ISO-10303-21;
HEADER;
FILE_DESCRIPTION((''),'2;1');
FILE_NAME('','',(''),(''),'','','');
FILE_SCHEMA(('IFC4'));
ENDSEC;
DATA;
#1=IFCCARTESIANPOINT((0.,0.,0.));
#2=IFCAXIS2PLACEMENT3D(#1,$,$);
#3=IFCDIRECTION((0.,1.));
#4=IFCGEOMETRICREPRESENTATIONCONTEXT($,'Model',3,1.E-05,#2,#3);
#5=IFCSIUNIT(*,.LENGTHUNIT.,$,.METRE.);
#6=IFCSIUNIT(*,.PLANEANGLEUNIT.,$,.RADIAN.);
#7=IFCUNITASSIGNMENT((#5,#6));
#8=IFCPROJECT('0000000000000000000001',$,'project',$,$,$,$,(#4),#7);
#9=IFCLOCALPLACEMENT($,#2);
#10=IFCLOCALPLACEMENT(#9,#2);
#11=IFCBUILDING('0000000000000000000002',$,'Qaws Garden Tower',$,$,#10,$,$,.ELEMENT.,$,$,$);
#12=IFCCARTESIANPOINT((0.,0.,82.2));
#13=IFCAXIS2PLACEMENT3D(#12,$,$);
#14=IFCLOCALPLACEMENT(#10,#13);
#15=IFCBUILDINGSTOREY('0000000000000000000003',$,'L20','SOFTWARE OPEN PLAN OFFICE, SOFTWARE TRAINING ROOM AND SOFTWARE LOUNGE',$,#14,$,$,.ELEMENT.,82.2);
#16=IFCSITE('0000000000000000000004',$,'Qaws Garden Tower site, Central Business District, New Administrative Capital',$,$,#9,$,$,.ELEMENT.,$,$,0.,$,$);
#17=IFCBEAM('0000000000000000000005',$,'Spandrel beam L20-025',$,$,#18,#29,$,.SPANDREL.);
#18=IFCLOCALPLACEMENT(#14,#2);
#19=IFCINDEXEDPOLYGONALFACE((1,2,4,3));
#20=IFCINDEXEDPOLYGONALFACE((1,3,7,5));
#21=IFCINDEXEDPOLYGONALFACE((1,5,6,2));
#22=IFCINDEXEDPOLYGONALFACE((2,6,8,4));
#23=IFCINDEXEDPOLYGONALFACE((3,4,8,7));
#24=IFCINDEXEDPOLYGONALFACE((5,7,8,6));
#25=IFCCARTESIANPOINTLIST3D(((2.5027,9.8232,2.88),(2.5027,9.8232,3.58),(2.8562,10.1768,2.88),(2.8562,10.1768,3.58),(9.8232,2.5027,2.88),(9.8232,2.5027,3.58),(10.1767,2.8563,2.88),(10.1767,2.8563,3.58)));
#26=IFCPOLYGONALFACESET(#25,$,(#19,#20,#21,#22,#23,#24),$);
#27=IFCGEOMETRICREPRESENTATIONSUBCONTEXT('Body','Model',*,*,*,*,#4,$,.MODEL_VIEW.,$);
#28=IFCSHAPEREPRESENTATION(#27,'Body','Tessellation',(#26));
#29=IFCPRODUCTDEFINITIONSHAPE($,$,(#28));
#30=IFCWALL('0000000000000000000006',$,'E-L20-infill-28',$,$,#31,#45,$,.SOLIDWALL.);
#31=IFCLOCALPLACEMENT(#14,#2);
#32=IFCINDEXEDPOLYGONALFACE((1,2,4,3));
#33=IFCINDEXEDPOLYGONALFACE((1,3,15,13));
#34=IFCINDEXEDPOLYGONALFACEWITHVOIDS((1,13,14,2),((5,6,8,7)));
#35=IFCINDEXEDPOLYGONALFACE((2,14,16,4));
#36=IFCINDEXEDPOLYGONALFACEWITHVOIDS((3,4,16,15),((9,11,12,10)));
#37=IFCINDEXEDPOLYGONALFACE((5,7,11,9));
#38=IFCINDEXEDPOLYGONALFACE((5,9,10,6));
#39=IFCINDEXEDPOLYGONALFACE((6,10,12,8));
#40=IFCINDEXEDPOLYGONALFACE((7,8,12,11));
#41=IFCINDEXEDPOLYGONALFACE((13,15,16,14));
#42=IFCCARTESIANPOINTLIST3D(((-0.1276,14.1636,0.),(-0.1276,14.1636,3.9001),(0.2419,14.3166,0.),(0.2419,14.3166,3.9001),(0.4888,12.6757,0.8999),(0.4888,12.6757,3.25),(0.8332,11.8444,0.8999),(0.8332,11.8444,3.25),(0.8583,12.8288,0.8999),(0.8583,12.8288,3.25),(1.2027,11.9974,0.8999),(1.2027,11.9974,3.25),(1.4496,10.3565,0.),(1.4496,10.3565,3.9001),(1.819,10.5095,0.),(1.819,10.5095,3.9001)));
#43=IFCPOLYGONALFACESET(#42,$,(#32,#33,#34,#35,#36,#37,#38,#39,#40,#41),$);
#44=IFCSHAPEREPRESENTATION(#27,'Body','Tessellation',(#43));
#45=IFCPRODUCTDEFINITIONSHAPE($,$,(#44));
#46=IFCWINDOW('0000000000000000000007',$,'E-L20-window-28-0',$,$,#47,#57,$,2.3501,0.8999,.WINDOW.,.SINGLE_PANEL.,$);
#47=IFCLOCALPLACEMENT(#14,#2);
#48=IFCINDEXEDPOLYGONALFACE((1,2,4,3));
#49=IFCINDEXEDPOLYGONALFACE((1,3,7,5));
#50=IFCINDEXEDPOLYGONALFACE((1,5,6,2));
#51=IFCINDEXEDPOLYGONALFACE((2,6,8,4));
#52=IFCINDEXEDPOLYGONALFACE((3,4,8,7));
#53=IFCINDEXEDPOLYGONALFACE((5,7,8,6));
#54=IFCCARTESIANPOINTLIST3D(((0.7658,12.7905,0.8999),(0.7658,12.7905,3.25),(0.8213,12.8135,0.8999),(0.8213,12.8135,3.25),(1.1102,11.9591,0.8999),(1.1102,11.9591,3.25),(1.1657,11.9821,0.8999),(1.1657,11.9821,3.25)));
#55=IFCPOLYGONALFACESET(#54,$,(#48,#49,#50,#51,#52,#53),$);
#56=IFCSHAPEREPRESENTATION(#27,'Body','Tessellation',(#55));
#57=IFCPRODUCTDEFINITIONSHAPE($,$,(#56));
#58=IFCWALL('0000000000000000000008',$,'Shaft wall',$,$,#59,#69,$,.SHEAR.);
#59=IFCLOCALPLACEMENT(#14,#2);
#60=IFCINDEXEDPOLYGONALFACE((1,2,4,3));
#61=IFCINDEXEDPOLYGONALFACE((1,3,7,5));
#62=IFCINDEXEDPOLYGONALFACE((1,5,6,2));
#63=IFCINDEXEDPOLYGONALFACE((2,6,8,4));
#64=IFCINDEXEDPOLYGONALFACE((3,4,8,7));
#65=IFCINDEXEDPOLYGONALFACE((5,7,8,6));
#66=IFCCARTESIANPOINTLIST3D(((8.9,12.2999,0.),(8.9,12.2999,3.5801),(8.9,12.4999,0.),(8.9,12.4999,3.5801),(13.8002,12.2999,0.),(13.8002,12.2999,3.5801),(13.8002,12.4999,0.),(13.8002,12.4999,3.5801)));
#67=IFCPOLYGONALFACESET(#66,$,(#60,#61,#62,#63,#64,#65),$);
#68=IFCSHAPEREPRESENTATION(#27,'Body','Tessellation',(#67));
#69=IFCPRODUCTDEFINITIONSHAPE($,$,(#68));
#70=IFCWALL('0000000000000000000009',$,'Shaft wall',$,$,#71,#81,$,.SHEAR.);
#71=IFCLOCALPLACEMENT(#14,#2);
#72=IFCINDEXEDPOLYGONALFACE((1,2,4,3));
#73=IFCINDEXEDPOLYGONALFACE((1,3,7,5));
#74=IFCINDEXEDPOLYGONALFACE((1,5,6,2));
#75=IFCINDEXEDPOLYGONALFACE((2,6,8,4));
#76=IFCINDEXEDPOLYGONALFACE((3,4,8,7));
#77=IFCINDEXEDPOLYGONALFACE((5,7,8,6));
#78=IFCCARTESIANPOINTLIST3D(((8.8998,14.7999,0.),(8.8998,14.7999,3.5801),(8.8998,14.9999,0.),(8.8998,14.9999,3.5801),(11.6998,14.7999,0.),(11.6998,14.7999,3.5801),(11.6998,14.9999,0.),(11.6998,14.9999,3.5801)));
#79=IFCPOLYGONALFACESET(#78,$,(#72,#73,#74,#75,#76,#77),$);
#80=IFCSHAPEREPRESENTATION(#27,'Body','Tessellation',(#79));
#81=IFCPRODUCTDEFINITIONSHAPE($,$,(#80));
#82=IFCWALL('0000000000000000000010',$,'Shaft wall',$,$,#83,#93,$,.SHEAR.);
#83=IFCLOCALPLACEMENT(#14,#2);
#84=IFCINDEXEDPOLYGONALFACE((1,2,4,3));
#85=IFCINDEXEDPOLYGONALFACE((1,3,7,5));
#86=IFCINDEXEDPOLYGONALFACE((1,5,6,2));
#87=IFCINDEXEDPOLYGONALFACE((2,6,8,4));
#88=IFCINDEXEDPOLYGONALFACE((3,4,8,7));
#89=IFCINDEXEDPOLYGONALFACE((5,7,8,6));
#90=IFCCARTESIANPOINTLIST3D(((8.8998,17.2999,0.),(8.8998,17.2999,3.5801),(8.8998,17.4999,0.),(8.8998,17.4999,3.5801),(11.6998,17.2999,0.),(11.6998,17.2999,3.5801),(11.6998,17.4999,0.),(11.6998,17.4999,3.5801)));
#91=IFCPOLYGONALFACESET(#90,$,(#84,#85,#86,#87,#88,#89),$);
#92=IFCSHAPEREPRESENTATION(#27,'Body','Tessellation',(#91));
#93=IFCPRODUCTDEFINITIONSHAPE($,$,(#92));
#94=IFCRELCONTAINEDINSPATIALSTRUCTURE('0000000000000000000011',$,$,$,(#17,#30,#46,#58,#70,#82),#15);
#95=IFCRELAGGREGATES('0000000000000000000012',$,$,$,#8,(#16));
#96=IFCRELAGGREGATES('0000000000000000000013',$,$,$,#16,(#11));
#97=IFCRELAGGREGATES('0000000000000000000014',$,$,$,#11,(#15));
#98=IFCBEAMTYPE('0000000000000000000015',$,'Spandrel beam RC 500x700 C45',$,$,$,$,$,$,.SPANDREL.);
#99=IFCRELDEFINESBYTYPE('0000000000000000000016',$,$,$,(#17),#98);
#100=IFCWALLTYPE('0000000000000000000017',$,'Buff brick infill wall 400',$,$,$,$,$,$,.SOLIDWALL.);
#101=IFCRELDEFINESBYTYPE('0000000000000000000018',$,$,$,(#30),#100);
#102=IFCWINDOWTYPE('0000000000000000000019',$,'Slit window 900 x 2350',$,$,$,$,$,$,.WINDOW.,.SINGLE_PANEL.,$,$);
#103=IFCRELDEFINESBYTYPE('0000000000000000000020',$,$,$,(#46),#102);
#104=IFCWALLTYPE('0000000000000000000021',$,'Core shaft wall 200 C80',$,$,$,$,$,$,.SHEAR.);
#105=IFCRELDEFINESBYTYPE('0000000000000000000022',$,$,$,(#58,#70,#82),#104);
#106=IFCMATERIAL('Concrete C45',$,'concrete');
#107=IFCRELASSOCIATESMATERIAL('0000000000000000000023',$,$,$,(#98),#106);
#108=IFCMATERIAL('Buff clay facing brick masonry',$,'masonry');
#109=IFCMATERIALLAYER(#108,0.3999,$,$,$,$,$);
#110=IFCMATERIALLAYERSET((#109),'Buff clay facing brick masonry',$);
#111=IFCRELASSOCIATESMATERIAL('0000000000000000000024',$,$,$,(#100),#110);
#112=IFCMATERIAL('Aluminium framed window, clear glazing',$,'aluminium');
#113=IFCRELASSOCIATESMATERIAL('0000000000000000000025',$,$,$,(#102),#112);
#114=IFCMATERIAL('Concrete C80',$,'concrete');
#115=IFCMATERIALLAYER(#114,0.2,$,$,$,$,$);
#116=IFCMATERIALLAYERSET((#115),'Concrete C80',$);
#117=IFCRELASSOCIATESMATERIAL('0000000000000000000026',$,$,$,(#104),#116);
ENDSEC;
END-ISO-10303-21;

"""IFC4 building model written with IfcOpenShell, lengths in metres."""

from ifc_helpers import new_model, si_unit, direction, frame, frame_2d, origin, origin_2d, place, context, subcontext, project, spatial, rectangle, extrude, material, layer, layer_set, material_profile, profile_set, type_object, element, fill, save


model = new_model("IFC4")

# Units and contexts
model_context = context("Model", 3, precision=1e-05, world=origin(), true_north=direction((0.0, 1.0)))
body_context = subcontext(model_context, "Body", "Model", "MODEL_VIEW")
ifc_project = project(units=[si_unit("LENGTHUNIT", "METRE"), si_unit("PLANEANGLEUNIT", "RADIAN")], contexts=[model_context])

# Site, building, storey
site_placement = place(None, origin())
site = spatial("IfcSite", under=ifc_project, at=site_placement, Name="Qaws Garden Tower site, Central Business District, New Administrative Capital", CompositionType="ELEMENT", RefElevation=0.0)
building_placement = place(site_placement, origin())
building = spatial("IfcBuilding", under=site, at=building_placement, Name="Qaws Garden Tower", CompositionType="ELEMENT")
storey_placement = place(building_placement, frame((0.0, 0.0, 82.2)))
storey = spatial("IfcBuildingStorey", under=building, at=storey_placement, Name="L20", Description="SOFTWARE OPEN PLAN OFFICE, SOFTWARE TRAINING ROOM AND SOFTWARE LOUNGE", CompositionType="ELEMENT", Elevation=82.2)

# Beam
ifc_material_1 = material(Name="Concrete C45", Category="concrete")
ifc_material_profile = material_profile(ifc_material_1, rectangle(XDim=0.5, YDim=0.7, at=origin_2d()), Name="RC 500x700")
ifc_profile_set = profile_set([ifc_material_profile], Name="Concrete C45")
beam_type = type_object("IfcBeamType", Name="Spandrel beam RC 500x700 C45", PredefinedType="SPANDREL", material=ifc_profile_set)
beam_placement = place(storey_placement, frame((2.6794, 10.0, 3.23), z_axis=(0.707107, -0.707107, 0.0), x_axis=(0.707107, 0.707107, 0.0)))
element("IfcBeam", 1, at=beam_placement, inside=storey, type_object=beam_type, Name="Spandrel beam L20-025", PredefinedType="SPANDREL", context=body_context, shape_type="SweptSolid", body=[
    extrude(rectangle(XDim=0.5, YDim=0.7, at=origin_2d()), origin(), (0.0, 0.0, 1.0), 10.3528),
])

# Wall, opening, window
ifc_material_2 = material(Name="Buff clay facing brick masonry", Category="masonry")
ifc_layer_1 = layer(ifc_material_2, 0.3999)
ifc_layer_set_1 = layer_set([ifc_layer_1], Name="Buff clay facing brick masonry")
wall_type_1 = type_object("IfcWallType", Name="Buff brick infill wall 400", PredefinedType="SOLIDWALL", material=ifc_layer_set_1)
wall_1_placement = place(storey_placement, frame((0.0571, 14.2402, 0.0), z_axis=(0.0, 0.0, 1.0), x_axis=(0.382722, -0.923864, 0.0)))
wall_1 = element("IfcWall", 2, at=wall_1_placement, inside=storey, type_object=wall_type_1, Name="E-L20-infill-28", PredefinedType="SOLIDWALL", context=body_context, shape_type="SweptSolid", body=[
    extrude(rectangle(XDim=4.1208, YDim=0.3999, at=frame_2d((2.0605, 0.0))), origin(), (0.0, 0.0, 1.0), 3.9001),
])
opening_placement = place(wall_1_placement, frame((1.6106, 0.0, 0.8999)))
opening = element("IfcOpeningElement", 3, at=opening_placement, cuts=wall_1, PredefinedType="OPENING", context=body_context, shape_type="SweptSolid", body=[
    extrude(rectangle(XDim=0.8999, YDim=2.3501, at=frame_2d((0.45, 1.175))), frame((0.0, 0.21, 0.0), z_axis=(0.0, -1.0, 0.0), x_axis=(1.0, 0.0, 0.0)), (0.0, 0.0, 1.0), 0.4199),
])
ifc_material_3 = material(Name="Aluminium framed window, clear glazing", Category="aluminium")
window_type = type_object("IfcWindowType", Name="Slit window 900 x 2350", PartitioningType="SINGLE_PANEL", PredefinedType="WINDOW", material=ifc_material_3)
window_placement = place(opening_placement, origin())
window = element("IfcWindow", 4, at=window_placement, inside=storey, type_object=window_type, Name="E-L20-window-28-0", OverallHeight=2.3501, OverallWidth=0.8999, PartitioningType="SINGLE_PANEL", PredefinedType="WINDOW", context=body_context, shape_type="SweptSolid", body=[
    extrude(rectangle(XDim=0.8999, YDim=2.3501, at=frame_2d((0.45, 1.175))), frame((0.0, 0.1599, 0.0), z_axis=(0.0, -1.0, 0.0), x_axis=(1.0, 0.0, 0.0)), (0.0, 0.0, 1.0), 0.0601),
])
fill(opening, window)

# Walls
ifc_material_4 = material(Name="Concrete C80", Category="concrete")
ifc_layer_2 = layer(ifc_material_4, 0.2)
ifc_layer_set_2 = layer_set([ifc_layer_2], Name="Concrete C80")
wall_type_2 = type_object("IfcWallType", Name="Core shaft wall 200 C80", PredefinedType="SHEAR", material=ifc_layer_set_2)
wall_2_placement = place(storey_placement, frame((8.8999, 12.3999, 0.0), z_axis=(0.0, 0.0, 1.0), x_axis=(1.0, 0.0, 0.0)))
element("IfcWall", 5, at=wall_2_placement, inside=storey, type_object=wall_type_2, Name="Shaft wall", PredefinedType="SHEAR", context=body_context, shape_type="SweptSolid", body=[
    extrude(rectangle(XDim=4.9001, YDim=0.2, at=frame_2d((2.4502, 0.0))), origin(), (0.0, 0.0, 1.0), 3.5801),
])
for number, where, z_axis, x_axis, name in (
    (6, (8.8999, 14.8999, 0.0), (0.0, 0.0, 1.0), (1.0, 0.0, 0.0), "Shaft wall"),
    (7, (8.8999, 17.3999, 0.0), (0.0, 0.0, 1.0), (1.0, 0.0, 0.0), "Shaft wall"),
):
    element("IfcWall", number, at=place(storey_placement, frame(where, z_axis=z_axis, x_axis=x_axis)), inside=storey, type_object=wall_type_2, Name=name, PredefinedType="SHEAR", context=body_context, shape_type="SweptSolid", body=[
        extrude(rectangle(XDim=2.8, YDim=0.2, at=frame_2d((1.3999, 0.0))), origin(), (0.0, 0.0, 1.0), 3.5801),
    ])

save(model, "model.ifc")
